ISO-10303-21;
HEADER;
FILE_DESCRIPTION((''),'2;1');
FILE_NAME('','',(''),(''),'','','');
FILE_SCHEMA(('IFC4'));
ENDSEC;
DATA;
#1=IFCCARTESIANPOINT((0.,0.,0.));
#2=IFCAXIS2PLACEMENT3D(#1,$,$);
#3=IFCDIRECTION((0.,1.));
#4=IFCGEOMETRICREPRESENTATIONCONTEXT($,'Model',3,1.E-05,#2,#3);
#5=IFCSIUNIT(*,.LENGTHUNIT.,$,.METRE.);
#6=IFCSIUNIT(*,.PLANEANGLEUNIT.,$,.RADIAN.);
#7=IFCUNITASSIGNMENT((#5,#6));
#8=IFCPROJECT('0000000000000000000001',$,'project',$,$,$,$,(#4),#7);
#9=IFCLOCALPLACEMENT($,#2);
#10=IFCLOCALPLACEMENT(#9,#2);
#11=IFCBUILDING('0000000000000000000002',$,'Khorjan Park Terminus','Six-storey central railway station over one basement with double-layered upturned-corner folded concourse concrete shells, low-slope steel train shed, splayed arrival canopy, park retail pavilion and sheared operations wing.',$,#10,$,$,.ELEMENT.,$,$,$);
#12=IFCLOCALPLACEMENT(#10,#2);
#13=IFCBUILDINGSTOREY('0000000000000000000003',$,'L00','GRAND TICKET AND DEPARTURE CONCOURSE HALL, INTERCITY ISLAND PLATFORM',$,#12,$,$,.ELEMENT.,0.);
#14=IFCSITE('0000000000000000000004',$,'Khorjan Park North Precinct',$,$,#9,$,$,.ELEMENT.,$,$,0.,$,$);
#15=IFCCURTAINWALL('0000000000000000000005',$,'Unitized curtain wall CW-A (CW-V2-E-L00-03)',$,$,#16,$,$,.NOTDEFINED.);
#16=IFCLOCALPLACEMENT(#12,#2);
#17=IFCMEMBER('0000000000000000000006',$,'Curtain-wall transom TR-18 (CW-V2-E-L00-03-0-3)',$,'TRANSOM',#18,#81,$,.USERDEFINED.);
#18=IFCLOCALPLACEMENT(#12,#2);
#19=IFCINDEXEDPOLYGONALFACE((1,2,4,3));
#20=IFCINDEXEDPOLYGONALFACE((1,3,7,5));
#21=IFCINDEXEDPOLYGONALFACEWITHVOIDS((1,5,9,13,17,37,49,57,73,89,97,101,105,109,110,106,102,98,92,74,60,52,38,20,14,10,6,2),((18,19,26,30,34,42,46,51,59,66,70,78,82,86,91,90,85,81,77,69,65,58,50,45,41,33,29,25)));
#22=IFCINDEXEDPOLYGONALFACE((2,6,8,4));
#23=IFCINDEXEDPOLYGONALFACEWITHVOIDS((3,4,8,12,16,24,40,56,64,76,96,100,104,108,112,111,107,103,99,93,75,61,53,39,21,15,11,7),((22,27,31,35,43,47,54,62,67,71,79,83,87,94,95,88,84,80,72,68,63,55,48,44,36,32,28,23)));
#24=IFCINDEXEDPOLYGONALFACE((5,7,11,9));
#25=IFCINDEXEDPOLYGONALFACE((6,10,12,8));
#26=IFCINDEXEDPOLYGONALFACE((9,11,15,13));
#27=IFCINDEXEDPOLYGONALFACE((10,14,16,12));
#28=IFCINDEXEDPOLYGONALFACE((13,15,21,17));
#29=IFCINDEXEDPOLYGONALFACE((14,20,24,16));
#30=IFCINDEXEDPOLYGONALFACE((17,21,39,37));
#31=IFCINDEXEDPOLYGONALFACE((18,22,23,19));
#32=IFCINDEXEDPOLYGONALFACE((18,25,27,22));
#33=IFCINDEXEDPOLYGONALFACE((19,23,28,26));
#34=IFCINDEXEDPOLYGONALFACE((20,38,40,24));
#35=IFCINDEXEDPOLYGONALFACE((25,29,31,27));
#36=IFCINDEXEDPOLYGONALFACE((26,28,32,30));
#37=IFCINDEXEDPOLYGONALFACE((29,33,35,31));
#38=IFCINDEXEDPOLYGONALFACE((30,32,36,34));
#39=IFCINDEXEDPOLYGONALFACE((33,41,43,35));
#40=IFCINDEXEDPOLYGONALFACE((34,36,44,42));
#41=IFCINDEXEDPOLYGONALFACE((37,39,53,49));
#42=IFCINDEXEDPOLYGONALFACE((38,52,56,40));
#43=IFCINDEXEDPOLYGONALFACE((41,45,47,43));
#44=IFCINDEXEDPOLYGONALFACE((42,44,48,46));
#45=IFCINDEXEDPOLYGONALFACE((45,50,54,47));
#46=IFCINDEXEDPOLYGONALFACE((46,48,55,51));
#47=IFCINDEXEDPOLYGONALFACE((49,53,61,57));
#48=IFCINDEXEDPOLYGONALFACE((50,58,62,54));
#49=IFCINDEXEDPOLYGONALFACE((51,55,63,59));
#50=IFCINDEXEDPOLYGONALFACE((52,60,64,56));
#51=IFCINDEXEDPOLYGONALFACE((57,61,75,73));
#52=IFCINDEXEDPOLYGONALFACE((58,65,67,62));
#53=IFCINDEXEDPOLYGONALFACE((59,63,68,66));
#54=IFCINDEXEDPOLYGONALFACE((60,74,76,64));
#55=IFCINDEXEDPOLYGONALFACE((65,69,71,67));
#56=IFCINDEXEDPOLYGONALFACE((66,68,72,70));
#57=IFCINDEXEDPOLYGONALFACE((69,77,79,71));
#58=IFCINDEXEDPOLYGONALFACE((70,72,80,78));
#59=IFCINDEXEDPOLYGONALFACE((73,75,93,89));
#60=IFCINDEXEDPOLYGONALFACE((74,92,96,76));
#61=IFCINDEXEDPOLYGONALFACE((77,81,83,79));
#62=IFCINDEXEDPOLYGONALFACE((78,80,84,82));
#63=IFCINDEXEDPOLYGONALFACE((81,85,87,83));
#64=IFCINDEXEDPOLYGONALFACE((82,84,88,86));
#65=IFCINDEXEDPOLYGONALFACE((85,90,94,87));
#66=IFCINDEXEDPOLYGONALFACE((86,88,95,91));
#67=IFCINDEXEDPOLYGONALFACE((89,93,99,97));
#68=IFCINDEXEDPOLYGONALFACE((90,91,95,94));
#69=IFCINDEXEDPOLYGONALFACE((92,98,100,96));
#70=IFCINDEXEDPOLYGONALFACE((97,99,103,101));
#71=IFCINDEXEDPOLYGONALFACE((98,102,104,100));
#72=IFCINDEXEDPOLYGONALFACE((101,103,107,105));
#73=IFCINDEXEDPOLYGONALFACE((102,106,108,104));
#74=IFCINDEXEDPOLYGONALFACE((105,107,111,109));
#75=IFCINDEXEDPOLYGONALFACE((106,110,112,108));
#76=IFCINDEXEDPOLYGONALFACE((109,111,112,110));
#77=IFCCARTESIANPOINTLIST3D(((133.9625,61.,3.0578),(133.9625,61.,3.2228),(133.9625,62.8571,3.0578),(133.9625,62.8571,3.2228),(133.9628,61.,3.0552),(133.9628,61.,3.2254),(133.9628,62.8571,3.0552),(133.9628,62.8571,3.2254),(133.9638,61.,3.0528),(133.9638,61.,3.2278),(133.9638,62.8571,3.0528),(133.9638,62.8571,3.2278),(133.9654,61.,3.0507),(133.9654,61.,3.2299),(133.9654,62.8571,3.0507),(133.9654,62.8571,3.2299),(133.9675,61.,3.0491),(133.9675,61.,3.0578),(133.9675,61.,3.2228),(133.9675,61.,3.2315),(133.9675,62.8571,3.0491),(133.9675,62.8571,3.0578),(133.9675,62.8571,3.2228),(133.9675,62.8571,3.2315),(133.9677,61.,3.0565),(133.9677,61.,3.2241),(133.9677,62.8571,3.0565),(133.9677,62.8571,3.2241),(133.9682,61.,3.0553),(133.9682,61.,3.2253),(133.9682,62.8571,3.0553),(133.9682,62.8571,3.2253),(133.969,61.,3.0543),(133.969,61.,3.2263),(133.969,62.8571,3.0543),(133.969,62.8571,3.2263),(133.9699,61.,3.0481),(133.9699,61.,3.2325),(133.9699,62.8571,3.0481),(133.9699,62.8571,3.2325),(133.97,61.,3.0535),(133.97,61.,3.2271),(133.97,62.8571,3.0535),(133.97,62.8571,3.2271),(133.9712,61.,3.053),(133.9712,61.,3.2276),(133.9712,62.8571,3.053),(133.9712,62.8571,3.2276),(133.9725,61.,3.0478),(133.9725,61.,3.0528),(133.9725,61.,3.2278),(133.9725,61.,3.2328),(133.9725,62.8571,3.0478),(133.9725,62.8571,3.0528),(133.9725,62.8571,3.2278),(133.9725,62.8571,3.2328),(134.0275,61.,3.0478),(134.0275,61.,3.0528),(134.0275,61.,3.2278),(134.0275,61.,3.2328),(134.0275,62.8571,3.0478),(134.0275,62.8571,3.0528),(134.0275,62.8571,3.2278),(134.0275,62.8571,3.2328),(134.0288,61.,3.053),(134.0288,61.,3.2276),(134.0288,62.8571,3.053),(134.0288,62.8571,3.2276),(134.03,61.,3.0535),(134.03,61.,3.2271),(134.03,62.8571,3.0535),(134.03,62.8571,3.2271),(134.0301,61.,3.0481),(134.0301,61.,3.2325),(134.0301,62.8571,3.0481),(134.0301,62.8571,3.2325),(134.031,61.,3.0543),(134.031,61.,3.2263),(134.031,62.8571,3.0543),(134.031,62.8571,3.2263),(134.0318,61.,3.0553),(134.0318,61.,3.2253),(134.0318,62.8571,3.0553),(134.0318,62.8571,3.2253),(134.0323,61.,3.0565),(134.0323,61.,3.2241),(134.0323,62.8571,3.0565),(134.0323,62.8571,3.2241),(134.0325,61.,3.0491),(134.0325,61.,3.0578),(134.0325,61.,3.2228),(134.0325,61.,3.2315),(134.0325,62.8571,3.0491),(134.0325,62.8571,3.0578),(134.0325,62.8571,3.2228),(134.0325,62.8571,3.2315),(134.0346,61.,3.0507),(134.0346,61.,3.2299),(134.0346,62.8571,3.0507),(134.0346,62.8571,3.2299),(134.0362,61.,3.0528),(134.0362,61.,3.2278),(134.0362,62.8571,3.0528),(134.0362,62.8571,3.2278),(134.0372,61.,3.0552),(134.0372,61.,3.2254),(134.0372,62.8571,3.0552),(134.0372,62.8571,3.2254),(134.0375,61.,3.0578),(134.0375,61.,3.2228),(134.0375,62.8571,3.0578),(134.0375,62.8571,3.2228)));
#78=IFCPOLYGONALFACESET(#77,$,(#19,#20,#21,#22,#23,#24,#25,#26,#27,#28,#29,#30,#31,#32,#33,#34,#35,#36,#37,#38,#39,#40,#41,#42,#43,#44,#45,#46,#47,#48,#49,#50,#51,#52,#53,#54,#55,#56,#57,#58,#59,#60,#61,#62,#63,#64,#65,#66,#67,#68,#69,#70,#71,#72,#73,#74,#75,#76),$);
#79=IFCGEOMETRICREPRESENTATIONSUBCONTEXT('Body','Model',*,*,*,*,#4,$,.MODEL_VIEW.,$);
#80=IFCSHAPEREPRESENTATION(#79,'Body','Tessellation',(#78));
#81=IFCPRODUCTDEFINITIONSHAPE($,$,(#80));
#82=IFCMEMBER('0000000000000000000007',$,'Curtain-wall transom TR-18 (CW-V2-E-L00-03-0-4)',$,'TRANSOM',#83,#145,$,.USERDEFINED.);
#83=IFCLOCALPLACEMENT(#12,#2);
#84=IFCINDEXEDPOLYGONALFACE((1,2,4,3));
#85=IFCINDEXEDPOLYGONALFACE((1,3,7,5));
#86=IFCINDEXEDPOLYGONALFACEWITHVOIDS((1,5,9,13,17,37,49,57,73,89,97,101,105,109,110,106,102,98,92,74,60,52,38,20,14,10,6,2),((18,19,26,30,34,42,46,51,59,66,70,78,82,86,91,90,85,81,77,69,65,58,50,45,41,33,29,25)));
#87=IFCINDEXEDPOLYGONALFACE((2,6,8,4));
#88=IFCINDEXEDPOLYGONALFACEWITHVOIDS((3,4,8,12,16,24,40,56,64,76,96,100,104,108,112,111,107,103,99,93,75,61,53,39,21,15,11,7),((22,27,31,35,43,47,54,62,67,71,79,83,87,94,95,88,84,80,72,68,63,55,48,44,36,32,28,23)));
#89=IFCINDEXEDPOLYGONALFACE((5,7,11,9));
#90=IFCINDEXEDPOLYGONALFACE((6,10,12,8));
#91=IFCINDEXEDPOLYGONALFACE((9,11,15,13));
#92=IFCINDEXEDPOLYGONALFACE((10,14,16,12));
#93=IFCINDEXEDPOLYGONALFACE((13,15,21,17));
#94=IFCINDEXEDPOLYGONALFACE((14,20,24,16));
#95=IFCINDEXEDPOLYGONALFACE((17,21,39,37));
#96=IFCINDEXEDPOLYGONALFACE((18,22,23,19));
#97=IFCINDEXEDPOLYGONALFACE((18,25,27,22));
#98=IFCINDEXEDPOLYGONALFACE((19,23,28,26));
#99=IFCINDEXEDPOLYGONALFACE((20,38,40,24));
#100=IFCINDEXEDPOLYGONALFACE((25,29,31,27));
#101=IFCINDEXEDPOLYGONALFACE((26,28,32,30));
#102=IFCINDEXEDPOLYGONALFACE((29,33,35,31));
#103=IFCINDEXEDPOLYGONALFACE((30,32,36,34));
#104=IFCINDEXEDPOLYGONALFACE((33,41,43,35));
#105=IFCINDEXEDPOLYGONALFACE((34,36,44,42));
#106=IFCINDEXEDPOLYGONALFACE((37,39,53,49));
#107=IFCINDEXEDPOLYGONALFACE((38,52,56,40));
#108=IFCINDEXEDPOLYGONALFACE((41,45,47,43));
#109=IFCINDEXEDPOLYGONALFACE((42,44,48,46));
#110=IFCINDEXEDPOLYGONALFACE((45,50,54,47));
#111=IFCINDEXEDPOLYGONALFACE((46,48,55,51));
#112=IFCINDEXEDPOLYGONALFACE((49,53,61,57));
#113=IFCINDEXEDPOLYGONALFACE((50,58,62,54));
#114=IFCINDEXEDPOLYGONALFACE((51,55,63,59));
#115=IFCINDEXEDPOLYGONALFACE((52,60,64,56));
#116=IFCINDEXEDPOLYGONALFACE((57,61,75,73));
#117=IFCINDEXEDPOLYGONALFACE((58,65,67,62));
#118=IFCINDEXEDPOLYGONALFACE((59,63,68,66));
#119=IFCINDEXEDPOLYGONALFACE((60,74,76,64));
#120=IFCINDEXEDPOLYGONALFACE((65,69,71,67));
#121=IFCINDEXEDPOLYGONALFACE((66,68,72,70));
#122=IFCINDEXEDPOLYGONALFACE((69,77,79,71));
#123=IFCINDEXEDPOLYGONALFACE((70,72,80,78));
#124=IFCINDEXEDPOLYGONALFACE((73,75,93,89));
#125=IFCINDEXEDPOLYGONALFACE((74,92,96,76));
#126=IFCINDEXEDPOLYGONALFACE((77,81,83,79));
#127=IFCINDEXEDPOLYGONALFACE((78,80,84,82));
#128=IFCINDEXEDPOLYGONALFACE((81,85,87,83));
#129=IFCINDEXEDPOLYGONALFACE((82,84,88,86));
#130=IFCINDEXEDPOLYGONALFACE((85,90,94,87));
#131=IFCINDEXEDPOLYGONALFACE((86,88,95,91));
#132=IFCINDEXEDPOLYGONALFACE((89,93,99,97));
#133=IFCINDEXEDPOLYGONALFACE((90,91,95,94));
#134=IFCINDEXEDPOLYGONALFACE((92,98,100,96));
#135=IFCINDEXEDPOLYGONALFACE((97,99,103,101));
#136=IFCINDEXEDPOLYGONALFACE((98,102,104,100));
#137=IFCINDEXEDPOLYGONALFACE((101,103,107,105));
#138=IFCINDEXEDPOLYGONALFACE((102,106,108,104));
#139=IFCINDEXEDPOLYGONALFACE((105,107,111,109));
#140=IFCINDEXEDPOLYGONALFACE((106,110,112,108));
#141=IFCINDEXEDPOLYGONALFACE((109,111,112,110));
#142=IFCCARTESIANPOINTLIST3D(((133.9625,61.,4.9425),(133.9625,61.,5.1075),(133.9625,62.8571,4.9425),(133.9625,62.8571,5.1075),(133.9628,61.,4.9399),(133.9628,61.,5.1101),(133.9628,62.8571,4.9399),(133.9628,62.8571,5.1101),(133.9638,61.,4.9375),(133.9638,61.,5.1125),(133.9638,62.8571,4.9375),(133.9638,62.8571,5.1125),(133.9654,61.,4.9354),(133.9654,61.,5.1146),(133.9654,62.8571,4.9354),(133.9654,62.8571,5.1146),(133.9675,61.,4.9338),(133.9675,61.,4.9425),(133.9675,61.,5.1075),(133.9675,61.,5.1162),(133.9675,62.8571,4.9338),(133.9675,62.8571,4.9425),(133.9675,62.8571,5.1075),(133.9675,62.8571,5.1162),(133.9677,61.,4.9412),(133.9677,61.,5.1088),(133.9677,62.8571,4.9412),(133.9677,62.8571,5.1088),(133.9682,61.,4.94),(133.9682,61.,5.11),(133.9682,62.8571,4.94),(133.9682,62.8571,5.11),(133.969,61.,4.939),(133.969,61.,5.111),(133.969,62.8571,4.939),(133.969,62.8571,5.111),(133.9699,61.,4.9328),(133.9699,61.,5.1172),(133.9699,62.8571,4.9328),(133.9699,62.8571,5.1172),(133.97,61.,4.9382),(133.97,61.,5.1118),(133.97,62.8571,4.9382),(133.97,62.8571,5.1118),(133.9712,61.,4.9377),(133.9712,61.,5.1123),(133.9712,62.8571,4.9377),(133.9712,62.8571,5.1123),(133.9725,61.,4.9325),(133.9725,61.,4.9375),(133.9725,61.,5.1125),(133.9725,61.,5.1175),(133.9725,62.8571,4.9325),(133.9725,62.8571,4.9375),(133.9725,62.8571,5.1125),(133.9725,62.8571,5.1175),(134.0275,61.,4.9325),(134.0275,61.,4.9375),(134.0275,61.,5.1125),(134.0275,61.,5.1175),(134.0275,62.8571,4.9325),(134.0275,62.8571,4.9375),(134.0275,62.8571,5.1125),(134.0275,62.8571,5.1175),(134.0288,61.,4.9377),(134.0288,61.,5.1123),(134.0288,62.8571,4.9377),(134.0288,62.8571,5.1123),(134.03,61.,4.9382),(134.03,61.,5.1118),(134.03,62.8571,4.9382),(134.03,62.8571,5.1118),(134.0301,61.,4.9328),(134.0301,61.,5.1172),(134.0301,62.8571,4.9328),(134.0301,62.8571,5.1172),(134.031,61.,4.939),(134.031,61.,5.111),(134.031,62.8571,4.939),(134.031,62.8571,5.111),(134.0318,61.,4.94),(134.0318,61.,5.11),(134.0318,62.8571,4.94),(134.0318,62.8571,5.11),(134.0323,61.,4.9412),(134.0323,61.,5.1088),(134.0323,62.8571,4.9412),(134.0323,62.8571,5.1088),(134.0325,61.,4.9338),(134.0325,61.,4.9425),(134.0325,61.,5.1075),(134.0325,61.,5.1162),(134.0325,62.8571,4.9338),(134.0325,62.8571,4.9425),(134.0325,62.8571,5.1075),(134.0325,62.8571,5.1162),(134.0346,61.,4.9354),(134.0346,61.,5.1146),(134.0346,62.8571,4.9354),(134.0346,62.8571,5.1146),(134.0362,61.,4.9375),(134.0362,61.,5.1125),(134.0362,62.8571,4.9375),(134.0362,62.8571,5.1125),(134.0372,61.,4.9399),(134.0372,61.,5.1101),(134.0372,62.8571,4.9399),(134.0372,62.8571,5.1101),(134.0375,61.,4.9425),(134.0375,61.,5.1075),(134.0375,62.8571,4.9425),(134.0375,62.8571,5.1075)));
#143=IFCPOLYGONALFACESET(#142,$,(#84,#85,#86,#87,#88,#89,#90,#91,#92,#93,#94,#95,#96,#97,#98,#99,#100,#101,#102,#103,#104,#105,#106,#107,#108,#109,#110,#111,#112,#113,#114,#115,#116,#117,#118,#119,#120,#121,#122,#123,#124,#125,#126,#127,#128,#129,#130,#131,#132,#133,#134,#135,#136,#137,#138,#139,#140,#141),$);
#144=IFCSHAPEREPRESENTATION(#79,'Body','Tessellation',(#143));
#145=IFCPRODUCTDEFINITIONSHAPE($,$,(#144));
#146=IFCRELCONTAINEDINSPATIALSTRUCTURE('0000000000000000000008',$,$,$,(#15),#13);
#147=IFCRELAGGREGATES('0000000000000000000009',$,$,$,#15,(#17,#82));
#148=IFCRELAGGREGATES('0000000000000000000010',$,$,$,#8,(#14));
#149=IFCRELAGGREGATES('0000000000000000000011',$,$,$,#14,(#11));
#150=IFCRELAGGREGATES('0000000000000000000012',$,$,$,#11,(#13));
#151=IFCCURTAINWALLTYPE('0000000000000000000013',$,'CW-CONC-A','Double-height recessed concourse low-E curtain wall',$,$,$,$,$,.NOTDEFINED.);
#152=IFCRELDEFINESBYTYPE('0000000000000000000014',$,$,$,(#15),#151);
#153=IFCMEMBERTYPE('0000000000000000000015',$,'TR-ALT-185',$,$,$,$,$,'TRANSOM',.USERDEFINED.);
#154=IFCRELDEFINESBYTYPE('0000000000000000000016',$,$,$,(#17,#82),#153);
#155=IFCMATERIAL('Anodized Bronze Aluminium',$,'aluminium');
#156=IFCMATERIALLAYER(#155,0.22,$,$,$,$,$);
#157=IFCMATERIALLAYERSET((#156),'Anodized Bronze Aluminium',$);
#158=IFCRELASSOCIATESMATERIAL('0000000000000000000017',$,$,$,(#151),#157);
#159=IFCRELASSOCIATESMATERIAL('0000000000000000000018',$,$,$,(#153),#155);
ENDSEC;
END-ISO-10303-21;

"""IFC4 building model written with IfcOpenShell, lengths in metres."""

from ifc_helpers import new_model, si_unit, direction, frame, origin, origin_2d, place, context, subcontext, project, spatial, hollow_rectangle, extrude, material, layer, layer_set, material_profile, profile_set, type_object, element, aggregate, save


model = new_model("IFC4")

# Units and contexts
model_context = context("Model", 3, precision=1e-05, world=origin(), true_north=direction((0.0, 1.0)))
body_context = subcontext(model_context, "Body", "Model", "MODEL_VIEW")
ifc_project = project(units=[si_unit("LENGTHUNIT", "METRE"), si_unit("PLANEANGLEUNIT", "RADIAN")], contexts=[model_context])

# Site, building, storey
site_placement = place(None, origin())
site = spatial("IfcSite", under=ifc_project, at=site_placement, Name="Khorjan Park North Precinct", CompositionType="ELEMENT", RefElevation=0.0)
building_placement = place(site_placement, origin())
building = spatial("IfcBuilding", under=site, at=building_placement, Name="Khorjan Park Terminus", Description="Six-storey central railway station over one basement with double-layered upturned-corner folded concourse concrete shells, low-slope steel train shed, splayed arrival canopy, park retail pavilion and sheared operations wing.", CompositionType="ELEMENT")
storey_placement = place(building_placement, origin())
storey = spatial("IfcBuildingStorey", under=building, at=storey_placement, Name="L00", Description="GRAND TICKET AND DEPARTURE CONCOURSE HALL, INTERCITY ISLAND PLATFORM", CompositionType="ELEMENT", Elevation=0.0)

# Curtain wall, members
ifc_material_1 = material(Name="Anodized Bronze Aluminium", Category="aluminium")
ifc_layer_1 = layer(ifc_material_1, 0.22)
ifc_layer_set_1 = layer_set([ifc_layer_1], Name="Anodized Bronze Aluminium")
curtain_wall_type = type_object("IfcCurtainWallType", Name="CW-CONC-A", Description="Double-height recessed concourse low-E curtain wall", PredefinedType="NOTDEFINED", material=ifc_layer_set_1)
curtain_wall_placement = place(storey_placement, origin())
curtain_wall = element("IfcCurtainWall", 1, at=curtain_wall_placement, inside=storey, type_object=curtain_wall_type, Name="Unitized curtain wall CW-A (CW-V2-E-L00-03)", PredefinedType="NOTDEFINED")
ifc_material_profile_1 = material_profile(ifc_material_1, hollow_rectangle(XDim=0.075, YDim=0.185, WallThickness=0.005, InnerFilletRadius=0.005, OuterFilletRadius=0.01, at=origin_2d()), Name="ALT 75x185x5")
ifc_profile_set_1 = profile_set([ifc_material_profile_1], Name="Anodized Bronze Aluminium")
member_type_1 = type_object("IfcMemberType", Name="TR-ALT-185", ElementType="TRANSOM", PredefinedType="USERDEFINED", material=ifc_profile_set_1)
member_1_placement = place(storey_placement, frame((134.0, 61.0, 3.1403), z_axis=(0.0, 1.0, 0.0), x_axis=(-1.0, 0.0, 0.0)))
member_1 = element("IfcMember", 2, at=member_1_placement, type_object=member_type_1, Name="Curtain-wall transom TR-18 (CW-V2-E-L00-03-0-3)", ObjectType="TRANSOM", PredefinedType="USERDEFINED", context=body_context, shape_type="SweptSolid", body=[
    extrude(hollow_rectangle(XDim=0.075, YDim=0.185, WallThickness=0.005, InnerFilletRadius=0.005, OuterFilletRadius=0.01, at=origin_2d()), origin(), (0.0, 0.0, 1.0), 1.8571),
])
member_2_placement = place(storey_placement, frame((134.0, 61.0, 5.025), z_axis=(0.0, 1.0, 0.0), x_axis=(-1.0, 0.0, 0.0)))
member_2 = element("IfcMember", 3, at=member_2_placement, type_object=member_type_1, Name="Curtain-wall transom TR-18 (CW-V2-E-L00-03-0-4)", ObjectType="TRANSOM", PredefinedType="USERDEFINED", context=body_context, shape_type="SweptSolid", body=[
    extrude(hollow_rectangle(XDim=0.075, YDim=0.185, WallThickness=0.005, InnerFilletRadius=0.005, OuterFilletRadius=0.01, at=origin_2d()), origin(), (0.0, 0.0, 1.0), 1.8571),
])
aggregate(curtain_wall, [member_1, member_2])

save(model, "model.ifc")
